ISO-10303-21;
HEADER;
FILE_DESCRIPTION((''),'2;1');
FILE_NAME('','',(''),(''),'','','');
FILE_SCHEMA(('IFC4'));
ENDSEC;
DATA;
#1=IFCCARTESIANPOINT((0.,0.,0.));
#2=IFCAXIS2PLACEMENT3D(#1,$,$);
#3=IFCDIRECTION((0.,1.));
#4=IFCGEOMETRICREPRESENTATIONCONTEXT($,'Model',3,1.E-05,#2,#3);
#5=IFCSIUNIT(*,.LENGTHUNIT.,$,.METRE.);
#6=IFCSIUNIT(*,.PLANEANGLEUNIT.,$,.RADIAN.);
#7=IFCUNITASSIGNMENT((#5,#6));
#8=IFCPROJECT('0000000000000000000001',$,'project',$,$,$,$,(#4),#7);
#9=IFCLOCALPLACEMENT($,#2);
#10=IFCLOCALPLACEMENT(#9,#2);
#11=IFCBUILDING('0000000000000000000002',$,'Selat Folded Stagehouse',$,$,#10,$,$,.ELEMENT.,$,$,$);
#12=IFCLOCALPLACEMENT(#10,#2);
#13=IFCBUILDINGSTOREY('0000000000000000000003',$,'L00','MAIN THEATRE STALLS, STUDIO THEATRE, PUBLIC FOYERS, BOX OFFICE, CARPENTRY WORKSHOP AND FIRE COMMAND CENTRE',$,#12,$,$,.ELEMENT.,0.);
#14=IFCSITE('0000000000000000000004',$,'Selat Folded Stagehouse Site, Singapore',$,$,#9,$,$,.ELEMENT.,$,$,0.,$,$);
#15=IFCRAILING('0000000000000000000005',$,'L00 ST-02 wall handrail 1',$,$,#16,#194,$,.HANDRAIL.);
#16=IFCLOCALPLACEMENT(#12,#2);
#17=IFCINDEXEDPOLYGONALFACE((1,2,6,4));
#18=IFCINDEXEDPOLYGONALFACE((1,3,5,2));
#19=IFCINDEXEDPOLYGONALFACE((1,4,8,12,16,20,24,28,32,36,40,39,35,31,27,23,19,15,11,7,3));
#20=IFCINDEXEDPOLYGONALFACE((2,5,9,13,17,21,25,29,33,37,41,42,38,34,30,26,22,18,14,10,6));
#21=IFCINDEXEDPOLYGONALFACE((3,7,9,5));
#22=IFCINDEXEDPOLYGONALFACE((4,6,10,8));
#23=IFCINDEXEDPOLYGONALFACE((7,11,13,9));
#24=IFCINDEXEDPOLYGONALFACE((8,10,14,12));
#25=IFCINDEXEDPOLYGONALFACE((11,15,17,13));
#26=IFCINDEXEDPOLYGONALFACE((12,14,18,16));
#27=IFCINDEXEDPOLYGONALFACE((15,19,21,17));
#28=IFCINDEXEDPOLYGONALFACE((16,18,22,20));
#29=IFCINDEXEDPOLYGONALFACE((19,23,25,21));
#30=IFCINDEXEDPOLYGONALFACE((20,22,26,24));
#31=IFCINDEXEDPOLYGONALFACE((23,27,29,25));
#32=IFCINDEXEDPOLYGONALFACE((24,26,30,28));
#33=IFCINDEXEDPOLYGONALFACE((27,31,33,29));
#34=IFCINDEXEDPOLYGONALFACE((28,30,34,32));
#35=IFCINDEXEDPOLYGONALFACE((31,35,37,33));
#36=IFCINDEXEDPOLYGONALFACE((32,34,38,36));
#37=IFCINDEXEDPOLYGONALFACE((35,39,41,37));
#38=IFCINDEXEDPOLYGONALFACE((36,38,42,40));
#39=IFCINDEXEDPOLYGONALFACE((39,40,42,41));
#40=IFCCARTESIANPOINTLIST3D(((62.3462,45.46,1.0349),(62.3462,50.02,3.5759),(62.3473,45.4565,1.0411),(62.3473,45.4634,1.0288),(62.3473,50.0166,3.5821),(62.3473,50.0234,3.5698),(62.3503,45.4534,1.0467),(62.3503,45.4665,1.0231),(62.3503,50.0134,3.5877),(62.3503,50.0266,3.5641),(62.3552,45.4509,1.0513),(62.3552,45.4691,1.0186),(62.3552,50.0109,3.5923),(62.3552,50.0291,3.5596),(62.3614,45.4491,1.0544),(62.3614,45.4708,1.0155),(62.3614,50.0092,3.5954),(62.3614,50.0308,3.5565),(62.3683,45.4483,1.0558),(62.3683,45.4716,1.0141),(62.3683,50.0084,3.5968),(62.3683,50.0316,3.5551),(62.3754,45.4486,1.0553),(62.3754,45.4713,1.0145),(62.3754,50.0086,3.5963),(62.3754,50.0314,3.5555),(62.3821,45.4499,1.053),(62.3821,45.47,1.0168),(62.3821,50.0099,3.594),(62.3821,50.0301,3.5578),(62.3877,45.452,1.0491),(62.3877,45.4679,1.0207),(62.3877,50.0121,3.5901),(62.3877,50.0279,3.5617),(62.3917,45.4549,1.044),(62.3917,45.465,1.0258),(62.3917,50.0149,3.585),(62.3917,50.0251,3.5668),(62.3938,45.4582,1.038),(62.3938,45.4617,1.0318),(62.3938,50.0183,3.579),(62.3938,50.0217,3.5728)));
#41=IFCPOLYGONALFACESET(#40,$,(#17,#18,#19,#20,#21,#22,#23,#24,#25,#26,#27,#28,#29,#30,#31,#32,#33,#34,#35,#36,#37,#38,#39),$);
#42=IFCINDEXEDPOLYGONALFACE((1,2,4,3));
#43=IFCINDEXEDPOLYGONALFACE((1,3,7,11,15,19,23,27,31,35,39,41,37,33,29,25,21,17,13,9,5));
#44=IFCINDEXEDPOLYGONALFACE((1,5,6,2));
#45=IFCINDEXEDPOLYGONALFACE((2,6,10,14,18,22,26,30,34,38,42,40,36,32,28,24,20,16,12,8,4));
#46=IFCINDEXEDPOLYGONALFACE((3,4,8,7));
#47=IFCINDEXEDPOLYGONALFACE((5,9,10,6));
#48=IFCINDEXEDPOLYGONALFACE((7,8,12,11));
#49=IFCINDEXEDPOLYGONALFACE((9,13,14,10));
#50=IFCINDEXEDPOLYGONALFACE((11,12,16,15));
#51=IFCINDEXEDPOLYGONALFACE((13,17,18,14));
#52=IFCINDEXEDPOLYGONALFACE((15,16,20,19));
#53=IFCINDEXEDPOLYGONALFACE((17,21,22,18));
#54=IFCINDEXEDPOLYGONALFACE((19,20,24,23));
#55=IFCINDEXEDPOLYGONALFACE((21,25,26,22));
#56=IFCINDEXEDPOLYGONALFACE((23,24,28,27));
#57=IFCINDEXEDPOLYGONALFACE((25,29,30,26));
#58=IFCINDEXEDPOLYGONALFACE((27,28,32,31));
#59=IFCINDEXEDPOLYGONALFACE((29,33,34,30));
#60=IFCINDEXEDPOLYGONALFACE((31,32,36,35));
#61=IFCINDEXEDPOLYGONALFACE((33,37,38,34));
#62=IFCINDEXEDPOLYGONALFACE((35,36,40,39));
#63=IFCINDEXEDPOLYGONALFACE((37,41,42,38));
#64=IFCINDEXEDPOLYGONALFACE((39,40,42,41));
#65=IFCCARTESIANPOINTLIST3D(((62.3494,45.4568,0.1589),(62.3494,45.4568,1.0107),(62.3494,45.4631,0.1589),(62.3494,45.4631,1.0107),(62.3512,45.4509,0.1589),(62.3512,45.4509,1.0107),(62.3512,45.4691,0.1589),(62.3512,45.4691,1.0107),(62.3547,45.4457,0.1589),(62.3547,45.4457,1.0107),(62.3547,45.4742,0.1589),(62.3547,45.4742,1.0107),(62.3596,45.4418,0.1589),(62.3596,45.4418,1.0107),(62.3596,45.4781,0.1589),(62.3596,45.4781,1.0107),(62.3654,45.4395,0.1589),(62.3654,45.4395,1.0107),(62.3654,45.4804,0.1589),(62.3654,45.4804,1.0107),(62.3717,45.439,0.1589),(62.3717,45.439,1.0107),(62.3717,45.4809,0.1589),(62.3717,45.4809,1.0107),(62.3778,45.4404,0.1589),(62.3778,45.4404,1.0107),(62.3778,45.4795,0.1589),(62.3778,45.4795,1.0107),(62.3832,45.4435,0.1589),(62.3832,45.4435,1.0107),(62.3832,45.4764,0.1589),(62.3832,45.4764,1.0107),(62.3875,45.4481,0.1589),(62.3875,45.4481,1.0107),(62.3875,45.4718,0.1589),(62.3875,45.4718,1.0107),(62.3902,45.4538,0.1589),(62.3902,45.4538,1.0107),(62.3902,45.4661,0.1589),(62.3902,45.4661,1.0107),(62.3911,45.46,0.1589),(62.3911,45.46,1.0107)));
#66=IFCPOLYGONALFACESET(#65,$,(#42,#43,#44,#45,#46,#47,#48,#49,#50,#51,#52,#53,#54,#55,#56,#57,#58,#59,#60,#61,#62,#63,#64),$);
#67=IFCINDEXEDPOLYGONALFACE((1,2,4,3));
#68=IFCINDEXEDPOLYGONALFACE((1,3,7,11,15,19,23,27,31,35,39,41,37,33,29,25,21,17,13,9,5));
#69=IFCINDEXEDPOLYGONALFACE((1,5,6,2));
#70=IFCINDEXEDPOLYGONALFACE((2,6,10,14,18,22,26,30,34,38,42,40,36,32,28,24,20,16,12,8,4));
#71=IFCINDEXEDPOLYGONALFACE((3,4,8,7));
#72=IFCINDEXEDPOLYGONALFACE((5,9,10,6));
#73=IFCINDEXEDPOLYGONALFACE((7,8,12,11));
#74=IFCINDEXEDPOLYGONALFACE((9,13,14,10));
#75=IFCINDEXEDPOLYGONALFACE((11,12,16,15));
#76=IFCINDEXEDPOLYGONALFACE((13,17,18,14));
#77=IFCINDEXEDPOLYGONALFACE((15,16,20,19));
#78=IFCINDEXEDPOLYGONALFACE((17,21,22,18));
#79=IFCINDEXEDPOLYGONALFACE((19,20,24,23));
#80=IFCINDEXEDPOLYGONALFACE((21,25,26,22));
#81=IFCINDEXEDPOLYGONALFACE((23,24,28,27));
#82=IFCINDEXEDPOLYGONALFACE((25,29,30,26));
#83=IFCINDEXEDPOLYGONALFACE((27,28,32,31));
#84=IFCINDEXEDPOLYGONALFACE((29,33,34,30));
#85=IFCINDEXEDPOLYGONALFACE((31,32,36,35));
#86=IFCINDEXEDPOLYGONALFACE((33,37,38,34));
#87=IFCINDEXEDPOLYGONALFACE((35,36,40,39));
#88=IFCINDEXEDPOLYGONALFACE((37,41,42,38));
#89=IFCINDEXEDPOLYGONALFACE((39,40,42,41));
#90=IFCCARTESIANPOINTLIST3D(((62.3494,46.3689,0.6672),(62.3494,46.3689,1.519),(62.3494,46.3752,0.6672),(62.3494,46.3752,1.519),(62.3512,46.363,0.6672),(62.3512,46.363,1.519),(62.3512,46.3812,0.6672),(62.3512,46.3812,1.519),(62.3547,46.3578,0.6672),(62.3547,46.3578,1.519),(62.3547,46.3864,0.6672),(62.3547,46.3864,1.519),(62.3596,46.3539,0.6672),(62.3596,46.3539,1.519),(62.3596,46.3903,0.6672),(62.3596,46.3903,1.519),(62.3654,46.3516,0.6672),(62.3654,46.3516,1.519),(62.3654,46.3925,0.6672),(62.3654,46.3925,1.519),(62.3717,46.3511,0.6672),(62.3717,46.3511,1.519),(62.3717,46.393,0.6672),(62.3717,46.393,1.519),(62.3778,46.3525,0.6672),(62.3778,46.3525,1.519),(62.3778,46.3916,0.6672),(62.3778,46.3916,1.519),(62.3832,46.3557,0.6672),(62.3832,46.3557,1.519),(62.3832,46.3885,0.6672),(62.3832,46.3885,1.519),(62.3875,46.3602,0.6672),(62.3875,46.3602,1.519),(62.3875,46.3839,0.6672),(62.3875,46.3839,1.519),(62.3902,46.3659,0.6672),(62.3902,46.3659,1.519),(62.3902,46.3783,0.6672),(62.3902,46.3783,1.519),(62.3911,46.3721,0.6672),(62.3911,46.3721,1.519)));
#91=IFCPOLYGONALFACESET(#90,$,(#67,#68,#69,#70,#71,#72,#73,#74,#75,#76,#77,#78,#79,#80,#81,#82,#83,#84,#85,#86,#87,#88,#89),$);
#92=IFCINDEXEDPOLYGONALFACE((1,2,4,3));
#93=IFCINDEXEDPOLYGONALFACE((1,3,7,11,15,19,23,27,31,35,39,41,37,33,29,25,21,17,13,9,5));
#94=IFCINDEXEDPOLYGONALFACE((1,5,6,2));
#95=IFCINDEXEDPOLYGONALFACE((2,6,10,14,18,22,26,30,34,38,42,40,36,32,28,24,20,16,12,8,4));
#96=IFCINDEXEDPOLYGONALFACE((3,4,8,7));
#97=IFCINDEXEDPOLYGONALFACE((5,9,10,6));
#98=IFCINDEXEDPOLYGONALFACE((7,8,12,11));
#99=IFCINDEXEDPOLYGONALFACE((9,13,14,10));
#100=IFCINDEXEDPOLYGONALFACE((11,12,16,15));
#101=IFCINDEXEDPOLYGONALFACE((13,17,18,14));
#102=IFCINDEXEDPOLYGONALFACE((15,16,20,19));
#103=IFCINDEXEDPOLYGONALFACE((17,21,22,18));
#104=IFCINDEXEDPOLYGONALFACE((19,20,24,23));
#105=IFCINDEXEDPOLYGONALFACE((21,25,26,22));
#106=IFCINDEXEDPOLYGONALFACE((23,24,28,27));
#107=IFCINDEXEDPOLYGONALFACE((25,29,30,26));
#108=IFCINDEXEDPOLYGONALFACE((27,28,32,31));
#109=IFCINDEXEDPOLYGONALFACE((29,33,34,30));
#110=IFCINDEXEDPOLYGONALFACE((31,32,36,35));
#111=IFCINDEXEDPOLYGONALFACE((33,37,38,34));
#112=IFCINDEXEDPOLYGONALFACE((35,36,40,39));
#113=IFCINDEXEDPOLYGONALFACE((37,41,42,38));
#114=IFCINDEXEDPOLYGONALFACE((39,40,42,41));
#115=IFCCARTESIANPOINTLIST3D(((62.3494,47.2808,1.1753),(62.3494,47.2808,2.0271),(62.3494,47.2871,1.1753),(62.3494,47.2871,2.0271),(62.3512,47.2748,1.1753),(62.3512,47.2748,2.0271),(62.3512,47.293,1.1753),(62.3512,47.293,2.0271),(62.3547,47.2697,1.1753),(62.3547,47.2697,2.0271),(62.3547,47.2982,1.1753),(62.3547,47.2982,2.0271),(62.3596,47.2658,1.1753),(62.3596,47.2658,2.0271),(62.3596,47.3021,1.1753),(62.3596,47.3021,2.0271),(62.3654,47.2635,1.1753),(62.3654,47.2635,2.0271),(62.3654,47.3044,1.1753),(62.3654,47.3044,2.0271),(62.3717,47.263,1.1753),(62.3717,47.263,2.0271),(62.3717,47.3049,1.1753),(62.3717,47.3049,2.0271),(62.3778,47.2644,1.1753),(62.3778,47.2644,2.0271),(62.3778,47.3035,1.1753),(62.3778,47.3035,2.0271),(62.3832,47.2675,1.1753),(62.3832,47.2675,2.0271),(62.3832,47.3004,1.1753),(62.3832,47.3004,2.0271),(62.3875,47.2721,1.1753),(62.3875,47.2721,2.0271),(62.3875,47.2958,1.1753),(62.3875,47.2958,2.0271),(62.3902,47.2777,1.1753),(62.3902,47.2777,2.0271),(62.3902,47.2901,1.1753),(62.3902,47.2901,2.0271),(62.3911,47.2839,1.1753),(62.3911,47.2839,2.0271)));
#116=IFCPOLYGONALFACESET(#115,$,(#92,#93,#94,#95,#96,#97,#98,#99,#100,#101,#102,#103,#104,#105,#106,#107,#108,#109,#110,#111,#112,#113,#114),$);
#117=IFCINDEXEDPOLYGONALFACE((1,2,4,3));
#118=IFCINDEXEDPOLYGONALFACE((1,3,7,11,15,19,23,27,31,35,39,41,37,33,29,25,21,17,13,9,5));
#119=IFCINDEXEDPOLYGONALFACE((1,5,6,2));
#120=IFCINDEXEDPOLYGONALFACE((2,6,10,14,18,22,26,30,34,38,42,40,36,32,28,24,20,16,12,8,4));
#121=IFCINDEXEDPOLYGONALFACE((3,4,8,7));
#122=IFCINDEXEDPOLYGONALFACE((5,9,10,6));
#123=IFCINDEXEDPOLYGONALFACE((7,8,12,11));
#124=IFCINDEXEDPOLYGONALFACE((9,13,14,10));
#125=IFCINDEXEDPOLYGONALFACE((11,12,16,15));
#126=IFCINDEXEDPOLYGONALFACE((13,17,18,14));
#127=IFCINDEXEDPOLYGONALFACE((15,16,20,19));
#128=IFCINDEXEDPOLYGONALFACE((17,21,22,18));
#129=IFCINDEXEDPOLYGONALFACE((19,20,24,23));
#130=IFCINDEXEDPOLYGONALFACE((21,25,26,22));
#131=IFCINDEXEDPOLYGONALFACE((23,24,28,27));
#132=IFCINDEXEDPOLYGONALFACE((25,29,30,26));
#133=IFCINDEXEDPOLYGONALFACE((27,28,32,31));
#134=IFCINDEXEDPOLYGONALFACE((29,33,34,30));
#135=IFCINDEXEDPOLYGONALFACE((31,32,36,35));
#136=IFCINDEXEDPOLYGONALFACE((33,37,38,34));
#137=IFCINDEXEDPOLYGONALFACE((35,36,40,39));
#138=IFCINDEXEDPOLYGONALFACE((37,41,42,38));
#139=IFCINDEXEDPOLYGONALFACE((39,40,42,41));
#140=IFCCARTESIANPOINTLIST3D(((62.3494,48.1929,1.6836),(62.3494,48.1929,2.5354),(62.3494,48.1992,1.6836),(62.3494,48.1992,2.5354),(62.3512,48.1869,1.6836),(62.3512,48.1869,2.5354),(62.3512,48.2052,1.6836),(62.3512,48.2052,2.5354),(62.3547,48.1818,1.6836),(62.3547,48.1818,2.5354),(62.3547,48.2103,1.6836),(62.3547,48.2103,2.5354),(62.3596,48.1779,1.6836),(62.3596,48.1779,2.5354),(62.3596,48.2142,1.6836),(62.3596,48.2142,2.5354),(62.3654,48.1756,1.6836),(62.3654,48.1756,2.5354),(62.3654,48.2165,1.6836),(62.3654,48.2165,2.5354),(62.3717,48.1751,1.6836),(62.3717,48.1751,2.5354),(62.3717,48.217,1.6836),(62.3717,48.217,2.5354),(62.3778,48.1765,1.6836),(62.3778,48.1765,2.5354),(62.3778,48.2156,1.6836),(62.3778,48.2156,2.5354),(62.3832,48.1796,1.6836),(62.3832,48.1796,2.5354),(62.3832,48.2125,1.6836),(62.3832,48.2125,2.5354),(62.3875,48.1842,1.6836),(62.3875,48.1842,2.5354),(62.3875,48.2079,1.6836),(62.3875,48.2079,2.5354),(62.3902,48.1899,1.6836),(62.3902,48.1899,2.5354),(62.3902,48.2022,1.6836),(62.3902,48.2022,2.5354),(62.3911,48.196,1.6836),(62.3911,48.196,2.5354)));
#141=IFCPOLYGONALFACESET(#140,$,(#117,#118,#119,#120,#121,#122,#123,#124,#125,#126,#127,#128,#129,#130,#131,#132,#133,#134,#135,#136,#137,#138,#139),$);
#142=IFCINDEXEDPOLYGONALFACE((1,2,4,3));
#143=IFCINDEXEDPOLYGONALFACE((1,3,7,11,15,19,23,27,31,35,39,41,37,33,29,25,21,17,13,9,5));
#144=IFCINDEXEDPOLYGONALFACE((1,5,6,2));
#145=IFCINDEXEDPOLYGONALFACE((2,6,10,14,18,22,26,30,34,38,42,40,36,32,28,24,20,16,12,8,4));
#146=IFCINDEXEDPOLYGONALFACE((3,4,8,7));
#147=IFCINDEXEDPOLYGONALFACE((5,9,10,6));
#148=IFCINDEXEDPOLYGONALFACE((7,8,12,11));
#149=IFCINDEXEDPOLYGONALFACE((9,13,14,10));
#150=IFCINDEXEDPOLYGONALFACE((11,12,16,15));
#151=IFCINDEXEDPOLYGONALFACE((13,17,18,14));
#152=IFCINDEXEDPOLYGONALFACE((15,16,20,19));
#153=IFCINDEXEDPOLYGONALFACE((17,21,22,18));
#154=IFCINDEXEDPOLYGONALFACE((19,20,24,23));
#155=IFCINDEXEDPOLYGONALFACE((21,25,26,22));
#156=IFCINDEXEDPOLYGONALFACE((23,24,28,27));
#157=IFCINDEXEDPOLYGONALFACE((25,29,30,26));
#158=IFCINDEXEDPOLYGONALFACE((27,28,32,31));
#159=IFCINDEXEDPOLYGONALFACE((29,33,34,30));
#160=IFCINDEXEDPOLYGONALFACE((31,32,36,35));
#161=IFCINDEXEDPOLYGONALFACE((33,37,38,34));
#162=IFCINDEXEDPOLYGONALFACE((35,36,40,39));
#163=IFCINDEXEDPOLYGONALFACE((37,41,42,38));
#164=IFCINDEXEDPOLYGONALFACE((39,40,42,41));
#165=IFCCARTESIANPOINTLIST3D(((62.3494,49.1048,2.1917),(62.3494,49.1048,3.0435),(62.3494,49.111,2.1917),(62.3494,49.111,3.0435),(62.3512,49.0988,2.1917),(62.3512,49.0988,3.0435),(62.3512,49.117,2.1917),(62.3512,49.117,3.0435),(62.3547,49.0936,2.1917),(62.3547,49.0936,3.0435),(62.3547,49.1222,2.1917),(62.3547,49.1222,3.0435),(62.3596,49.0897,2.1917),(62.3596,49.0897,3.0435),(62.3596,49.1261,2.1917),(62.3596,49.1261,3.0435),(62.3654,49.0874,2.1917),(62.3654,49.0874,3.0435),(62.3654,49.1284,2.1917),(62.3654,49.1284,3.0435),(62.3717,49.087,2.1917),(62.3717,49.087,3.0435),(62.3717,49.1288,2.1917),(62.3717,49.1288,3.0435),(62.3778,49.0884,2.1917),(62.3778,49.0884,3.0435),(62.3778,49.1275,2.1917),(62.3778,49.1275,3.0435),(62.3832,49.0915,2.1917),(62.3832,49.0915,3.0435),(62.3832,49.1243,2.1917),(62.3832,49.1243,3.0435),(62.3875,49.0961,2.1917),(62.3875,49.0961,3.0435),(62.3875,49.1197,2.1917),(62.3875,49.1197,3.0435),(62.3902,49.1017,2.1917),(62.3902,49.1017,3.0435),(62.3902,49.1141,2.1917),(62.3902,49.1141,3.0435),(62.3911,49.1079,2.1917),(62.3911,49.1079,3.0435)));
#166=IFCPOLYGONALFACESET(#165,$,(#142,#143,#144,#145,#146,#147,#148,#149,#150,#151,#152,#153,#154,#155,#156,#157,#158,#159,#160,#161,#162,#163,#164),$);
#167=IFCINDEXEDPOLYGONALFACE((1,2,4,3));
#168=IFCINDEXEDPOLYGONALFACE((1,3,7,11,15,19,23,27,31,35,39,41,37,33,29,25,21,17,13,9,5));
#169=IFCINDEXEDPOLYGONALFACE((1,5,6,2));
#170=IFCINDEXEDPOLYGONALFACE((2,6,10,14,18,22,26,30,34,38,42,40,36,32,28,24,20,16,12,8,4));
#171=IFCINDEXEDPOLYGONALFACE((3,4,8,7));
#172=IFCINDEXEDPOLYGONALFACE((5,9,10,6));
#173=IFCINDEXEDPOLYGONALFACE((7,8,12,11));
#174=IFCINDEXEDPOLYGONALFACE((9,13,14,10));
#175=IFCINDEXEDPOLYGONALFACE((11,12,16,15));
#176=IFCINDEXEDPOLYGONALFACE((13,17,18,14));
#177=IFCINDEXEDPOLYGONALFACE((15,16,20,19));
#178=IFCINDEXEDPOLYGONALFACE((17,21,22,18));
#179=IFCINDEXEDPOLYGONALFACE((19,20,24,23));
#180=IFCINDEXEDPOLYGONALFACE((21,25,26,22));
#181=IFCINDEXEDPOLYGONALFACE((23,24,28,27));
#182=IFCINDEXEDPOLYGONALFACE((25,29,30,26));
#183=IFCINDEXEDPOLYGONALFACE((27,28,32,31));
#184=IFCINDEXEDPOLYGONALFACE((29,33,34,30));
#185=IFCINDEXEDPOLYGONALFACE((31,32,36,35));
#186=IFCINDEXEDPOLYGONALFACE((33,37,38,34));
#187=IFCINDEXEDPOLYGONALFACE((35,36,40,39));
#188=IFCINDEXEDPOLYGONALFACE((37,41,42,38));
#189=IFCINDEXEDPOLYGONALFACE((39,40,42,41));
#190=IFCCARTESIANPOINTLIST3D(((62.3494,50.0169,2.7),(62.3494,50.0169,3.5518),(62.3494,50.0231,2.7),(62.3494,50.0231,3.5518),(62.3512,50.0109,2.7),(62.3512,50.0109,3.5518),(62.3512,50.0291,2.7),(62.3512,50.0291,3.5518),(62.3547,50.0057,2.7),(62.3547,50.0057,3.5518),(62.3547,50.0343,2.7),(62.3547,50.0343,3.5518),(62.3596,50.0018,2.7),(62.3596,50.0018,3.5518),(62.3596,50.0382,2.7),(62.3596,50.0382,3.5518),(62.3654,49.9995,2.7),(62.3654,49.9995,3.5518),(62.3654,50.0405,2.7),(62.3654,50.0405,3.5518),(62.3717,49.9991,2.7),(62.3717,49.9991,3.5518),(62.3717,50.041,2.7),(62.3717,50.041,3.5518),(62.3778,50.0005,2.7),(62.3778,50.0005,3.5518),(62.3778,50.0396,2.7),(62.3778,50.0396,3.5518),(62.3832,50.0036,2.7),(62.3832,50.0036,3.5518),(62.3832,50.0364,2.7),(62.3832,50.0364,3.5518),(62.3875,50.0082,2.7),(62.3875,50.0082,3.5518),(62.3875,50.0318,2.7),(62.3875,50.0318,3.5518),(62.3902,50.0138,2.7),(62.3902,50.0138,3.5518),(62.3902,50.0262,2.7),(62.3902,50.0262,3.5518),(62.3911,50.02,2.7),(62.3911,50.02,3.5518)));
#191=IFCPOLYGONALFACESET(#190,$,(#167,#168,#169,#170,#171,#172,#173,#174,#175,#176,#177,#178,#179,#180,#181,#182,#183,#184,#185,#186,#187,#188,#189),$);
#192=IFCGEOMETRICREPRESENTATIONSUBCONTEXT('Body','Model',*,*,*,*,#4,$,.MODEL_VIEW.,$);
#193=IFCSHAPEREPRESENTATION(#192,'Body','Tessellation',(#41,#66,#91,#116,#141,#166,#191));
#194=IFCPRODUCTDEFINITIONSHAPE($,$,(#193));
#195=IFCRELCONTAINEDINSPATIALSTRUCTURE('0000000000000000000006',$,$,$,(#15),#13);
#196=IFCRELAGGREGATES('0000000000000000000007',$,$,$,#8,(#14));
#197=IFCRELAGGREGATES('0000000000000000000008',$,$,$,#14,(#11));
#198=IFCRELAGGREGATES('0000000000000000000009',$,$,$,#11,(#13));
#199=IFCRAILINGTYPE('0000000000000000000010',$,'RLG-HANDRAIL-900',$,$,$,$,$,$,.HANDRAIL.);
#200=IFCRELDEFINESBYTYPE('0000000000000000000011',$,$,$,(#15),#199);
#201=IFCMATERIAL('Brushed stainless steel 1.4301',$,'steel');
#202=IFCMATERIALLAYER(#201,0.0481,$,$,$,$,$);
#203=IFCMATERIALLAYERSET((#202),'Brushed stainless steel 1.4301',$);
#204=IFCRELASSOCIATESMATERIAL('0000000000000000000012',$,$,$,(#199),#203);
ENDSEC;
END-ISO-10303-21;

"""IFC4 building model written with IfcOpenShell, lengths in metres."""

from ifc_helpers import new_model, si_unit, direction, frame, origin, origin_2d, place, context, subcontext, project, spatial, circle, extrude, material, layer, layer_set, type_object, element, save


model = new_model("IFC4")

# Units and contexts
model_context = context("Model", 3, precision=1e-05, world=origin(), true_north=direction((0.0, 1.0)))
body_context = subcontext(model_context, "Body", "Model", "MODEL_VIEW")
ifc_project = project(units=[si_unit("LENGTHUNIT", "METRE"), si_unit("PLANEANGLEUNIT", "RADIAN")], contexts=[model_context])

# Site, building, storey
site_placement = place(None, origin())
site = spatial("IfcSite", under=ifc_project, at=site_placement, Name="Selat Folded Stagehouse Site, Singapore", CompositionType="ELEMENT", RefElevation=0.0)
building_placement = place(site_placement, origin())
building = spatial("IfcBuilding", under=site, at=building_placement, Name="Selat Folded Stagehouse", CompositionType="ELEMENT")
storey_placement = place(building_placement, origin())
storey = spatial("IfcBuildingStorey", under=building, at=storey_placement, Name="L00", Description="MAIN THEATRE STALLS, STUDIO THEATRE, PUBLIC FOYERS, BOX OFFICE, CARPENTRY WORKSHOP AND FIRE COMMAND CENTRE", CompositionType="ELEMENT", Elevation=0.0)

# Railing
ifc_material_1 = material(Name="Brushed stainless steel 1.4301", Category="steel")
ifc_layer_1 = layer(ifc_material_1, 0.0481)
ifc_layer_set_1 = layer_set([ifc_layer_1], Name="Brushed stainless steel 1.4301")
railing_type_1 = type_object("IfcRailingType", Name="RLG-HANDRAIL-900", PredefinedType="HANDRAIL", material=ifc_layer_set_1)
railing_1_placement = place(storey_placement, frame((62.3701, 45.46, 0.1589)))
element("IfcRailing", 1, at=railing_1_placement, inside=storey, type_object=railing_type_1, Name="L00 ST-02 wall handrail 1", PredefinedType="HANDRAIL", context=body_context, shape_type="SweptSolid", body=[
    extrude(circle(Radius=0.0239, at=origin_2d()), frame((0.0, 0.0, 0.876), z_axis=(0.0, 0.873534, 0.486762), x_axis=(-1.0, 0.0, 0.0)), (0.0, 0.0, 1.0), 5.2202),
    extrude(circle(Radius=0.021, at=origin_2d()), origin(), (0.0, 0.0, 1.0), 0.8518),
    extrude(circle(Radius=0.021, at=origin_2d()), frame((0.0, 0.9121, 0.5083)), (0.0, 0.0, 1.0), 0.8518),
    extrude(circle(Radius=0.021, at=origin_2d()), frame((0.0, 1.824, 1.0164)), (0.0, 0.0, 1.0), 0.8518),
    extrude(circle(Radius=0.021, at=origin_2d()), frame((0.0, 2.7361, 1.5247)), (0.0, 0.0, 1.0), 0.8518),
    extrude(circle(Radius=0.021, at=origin_2d()), frame((0.0, 3.6479, 2.0327)), (0.0, 0.0, 1.0), 0.8518),
    extrude(circle(Radius=0.021, at=origin_2d()), frame((0.0, 4.5601, 2.541)), (0.0, 0.0, 1.0), 0.8518),
])

save(model, "model.ifc")
